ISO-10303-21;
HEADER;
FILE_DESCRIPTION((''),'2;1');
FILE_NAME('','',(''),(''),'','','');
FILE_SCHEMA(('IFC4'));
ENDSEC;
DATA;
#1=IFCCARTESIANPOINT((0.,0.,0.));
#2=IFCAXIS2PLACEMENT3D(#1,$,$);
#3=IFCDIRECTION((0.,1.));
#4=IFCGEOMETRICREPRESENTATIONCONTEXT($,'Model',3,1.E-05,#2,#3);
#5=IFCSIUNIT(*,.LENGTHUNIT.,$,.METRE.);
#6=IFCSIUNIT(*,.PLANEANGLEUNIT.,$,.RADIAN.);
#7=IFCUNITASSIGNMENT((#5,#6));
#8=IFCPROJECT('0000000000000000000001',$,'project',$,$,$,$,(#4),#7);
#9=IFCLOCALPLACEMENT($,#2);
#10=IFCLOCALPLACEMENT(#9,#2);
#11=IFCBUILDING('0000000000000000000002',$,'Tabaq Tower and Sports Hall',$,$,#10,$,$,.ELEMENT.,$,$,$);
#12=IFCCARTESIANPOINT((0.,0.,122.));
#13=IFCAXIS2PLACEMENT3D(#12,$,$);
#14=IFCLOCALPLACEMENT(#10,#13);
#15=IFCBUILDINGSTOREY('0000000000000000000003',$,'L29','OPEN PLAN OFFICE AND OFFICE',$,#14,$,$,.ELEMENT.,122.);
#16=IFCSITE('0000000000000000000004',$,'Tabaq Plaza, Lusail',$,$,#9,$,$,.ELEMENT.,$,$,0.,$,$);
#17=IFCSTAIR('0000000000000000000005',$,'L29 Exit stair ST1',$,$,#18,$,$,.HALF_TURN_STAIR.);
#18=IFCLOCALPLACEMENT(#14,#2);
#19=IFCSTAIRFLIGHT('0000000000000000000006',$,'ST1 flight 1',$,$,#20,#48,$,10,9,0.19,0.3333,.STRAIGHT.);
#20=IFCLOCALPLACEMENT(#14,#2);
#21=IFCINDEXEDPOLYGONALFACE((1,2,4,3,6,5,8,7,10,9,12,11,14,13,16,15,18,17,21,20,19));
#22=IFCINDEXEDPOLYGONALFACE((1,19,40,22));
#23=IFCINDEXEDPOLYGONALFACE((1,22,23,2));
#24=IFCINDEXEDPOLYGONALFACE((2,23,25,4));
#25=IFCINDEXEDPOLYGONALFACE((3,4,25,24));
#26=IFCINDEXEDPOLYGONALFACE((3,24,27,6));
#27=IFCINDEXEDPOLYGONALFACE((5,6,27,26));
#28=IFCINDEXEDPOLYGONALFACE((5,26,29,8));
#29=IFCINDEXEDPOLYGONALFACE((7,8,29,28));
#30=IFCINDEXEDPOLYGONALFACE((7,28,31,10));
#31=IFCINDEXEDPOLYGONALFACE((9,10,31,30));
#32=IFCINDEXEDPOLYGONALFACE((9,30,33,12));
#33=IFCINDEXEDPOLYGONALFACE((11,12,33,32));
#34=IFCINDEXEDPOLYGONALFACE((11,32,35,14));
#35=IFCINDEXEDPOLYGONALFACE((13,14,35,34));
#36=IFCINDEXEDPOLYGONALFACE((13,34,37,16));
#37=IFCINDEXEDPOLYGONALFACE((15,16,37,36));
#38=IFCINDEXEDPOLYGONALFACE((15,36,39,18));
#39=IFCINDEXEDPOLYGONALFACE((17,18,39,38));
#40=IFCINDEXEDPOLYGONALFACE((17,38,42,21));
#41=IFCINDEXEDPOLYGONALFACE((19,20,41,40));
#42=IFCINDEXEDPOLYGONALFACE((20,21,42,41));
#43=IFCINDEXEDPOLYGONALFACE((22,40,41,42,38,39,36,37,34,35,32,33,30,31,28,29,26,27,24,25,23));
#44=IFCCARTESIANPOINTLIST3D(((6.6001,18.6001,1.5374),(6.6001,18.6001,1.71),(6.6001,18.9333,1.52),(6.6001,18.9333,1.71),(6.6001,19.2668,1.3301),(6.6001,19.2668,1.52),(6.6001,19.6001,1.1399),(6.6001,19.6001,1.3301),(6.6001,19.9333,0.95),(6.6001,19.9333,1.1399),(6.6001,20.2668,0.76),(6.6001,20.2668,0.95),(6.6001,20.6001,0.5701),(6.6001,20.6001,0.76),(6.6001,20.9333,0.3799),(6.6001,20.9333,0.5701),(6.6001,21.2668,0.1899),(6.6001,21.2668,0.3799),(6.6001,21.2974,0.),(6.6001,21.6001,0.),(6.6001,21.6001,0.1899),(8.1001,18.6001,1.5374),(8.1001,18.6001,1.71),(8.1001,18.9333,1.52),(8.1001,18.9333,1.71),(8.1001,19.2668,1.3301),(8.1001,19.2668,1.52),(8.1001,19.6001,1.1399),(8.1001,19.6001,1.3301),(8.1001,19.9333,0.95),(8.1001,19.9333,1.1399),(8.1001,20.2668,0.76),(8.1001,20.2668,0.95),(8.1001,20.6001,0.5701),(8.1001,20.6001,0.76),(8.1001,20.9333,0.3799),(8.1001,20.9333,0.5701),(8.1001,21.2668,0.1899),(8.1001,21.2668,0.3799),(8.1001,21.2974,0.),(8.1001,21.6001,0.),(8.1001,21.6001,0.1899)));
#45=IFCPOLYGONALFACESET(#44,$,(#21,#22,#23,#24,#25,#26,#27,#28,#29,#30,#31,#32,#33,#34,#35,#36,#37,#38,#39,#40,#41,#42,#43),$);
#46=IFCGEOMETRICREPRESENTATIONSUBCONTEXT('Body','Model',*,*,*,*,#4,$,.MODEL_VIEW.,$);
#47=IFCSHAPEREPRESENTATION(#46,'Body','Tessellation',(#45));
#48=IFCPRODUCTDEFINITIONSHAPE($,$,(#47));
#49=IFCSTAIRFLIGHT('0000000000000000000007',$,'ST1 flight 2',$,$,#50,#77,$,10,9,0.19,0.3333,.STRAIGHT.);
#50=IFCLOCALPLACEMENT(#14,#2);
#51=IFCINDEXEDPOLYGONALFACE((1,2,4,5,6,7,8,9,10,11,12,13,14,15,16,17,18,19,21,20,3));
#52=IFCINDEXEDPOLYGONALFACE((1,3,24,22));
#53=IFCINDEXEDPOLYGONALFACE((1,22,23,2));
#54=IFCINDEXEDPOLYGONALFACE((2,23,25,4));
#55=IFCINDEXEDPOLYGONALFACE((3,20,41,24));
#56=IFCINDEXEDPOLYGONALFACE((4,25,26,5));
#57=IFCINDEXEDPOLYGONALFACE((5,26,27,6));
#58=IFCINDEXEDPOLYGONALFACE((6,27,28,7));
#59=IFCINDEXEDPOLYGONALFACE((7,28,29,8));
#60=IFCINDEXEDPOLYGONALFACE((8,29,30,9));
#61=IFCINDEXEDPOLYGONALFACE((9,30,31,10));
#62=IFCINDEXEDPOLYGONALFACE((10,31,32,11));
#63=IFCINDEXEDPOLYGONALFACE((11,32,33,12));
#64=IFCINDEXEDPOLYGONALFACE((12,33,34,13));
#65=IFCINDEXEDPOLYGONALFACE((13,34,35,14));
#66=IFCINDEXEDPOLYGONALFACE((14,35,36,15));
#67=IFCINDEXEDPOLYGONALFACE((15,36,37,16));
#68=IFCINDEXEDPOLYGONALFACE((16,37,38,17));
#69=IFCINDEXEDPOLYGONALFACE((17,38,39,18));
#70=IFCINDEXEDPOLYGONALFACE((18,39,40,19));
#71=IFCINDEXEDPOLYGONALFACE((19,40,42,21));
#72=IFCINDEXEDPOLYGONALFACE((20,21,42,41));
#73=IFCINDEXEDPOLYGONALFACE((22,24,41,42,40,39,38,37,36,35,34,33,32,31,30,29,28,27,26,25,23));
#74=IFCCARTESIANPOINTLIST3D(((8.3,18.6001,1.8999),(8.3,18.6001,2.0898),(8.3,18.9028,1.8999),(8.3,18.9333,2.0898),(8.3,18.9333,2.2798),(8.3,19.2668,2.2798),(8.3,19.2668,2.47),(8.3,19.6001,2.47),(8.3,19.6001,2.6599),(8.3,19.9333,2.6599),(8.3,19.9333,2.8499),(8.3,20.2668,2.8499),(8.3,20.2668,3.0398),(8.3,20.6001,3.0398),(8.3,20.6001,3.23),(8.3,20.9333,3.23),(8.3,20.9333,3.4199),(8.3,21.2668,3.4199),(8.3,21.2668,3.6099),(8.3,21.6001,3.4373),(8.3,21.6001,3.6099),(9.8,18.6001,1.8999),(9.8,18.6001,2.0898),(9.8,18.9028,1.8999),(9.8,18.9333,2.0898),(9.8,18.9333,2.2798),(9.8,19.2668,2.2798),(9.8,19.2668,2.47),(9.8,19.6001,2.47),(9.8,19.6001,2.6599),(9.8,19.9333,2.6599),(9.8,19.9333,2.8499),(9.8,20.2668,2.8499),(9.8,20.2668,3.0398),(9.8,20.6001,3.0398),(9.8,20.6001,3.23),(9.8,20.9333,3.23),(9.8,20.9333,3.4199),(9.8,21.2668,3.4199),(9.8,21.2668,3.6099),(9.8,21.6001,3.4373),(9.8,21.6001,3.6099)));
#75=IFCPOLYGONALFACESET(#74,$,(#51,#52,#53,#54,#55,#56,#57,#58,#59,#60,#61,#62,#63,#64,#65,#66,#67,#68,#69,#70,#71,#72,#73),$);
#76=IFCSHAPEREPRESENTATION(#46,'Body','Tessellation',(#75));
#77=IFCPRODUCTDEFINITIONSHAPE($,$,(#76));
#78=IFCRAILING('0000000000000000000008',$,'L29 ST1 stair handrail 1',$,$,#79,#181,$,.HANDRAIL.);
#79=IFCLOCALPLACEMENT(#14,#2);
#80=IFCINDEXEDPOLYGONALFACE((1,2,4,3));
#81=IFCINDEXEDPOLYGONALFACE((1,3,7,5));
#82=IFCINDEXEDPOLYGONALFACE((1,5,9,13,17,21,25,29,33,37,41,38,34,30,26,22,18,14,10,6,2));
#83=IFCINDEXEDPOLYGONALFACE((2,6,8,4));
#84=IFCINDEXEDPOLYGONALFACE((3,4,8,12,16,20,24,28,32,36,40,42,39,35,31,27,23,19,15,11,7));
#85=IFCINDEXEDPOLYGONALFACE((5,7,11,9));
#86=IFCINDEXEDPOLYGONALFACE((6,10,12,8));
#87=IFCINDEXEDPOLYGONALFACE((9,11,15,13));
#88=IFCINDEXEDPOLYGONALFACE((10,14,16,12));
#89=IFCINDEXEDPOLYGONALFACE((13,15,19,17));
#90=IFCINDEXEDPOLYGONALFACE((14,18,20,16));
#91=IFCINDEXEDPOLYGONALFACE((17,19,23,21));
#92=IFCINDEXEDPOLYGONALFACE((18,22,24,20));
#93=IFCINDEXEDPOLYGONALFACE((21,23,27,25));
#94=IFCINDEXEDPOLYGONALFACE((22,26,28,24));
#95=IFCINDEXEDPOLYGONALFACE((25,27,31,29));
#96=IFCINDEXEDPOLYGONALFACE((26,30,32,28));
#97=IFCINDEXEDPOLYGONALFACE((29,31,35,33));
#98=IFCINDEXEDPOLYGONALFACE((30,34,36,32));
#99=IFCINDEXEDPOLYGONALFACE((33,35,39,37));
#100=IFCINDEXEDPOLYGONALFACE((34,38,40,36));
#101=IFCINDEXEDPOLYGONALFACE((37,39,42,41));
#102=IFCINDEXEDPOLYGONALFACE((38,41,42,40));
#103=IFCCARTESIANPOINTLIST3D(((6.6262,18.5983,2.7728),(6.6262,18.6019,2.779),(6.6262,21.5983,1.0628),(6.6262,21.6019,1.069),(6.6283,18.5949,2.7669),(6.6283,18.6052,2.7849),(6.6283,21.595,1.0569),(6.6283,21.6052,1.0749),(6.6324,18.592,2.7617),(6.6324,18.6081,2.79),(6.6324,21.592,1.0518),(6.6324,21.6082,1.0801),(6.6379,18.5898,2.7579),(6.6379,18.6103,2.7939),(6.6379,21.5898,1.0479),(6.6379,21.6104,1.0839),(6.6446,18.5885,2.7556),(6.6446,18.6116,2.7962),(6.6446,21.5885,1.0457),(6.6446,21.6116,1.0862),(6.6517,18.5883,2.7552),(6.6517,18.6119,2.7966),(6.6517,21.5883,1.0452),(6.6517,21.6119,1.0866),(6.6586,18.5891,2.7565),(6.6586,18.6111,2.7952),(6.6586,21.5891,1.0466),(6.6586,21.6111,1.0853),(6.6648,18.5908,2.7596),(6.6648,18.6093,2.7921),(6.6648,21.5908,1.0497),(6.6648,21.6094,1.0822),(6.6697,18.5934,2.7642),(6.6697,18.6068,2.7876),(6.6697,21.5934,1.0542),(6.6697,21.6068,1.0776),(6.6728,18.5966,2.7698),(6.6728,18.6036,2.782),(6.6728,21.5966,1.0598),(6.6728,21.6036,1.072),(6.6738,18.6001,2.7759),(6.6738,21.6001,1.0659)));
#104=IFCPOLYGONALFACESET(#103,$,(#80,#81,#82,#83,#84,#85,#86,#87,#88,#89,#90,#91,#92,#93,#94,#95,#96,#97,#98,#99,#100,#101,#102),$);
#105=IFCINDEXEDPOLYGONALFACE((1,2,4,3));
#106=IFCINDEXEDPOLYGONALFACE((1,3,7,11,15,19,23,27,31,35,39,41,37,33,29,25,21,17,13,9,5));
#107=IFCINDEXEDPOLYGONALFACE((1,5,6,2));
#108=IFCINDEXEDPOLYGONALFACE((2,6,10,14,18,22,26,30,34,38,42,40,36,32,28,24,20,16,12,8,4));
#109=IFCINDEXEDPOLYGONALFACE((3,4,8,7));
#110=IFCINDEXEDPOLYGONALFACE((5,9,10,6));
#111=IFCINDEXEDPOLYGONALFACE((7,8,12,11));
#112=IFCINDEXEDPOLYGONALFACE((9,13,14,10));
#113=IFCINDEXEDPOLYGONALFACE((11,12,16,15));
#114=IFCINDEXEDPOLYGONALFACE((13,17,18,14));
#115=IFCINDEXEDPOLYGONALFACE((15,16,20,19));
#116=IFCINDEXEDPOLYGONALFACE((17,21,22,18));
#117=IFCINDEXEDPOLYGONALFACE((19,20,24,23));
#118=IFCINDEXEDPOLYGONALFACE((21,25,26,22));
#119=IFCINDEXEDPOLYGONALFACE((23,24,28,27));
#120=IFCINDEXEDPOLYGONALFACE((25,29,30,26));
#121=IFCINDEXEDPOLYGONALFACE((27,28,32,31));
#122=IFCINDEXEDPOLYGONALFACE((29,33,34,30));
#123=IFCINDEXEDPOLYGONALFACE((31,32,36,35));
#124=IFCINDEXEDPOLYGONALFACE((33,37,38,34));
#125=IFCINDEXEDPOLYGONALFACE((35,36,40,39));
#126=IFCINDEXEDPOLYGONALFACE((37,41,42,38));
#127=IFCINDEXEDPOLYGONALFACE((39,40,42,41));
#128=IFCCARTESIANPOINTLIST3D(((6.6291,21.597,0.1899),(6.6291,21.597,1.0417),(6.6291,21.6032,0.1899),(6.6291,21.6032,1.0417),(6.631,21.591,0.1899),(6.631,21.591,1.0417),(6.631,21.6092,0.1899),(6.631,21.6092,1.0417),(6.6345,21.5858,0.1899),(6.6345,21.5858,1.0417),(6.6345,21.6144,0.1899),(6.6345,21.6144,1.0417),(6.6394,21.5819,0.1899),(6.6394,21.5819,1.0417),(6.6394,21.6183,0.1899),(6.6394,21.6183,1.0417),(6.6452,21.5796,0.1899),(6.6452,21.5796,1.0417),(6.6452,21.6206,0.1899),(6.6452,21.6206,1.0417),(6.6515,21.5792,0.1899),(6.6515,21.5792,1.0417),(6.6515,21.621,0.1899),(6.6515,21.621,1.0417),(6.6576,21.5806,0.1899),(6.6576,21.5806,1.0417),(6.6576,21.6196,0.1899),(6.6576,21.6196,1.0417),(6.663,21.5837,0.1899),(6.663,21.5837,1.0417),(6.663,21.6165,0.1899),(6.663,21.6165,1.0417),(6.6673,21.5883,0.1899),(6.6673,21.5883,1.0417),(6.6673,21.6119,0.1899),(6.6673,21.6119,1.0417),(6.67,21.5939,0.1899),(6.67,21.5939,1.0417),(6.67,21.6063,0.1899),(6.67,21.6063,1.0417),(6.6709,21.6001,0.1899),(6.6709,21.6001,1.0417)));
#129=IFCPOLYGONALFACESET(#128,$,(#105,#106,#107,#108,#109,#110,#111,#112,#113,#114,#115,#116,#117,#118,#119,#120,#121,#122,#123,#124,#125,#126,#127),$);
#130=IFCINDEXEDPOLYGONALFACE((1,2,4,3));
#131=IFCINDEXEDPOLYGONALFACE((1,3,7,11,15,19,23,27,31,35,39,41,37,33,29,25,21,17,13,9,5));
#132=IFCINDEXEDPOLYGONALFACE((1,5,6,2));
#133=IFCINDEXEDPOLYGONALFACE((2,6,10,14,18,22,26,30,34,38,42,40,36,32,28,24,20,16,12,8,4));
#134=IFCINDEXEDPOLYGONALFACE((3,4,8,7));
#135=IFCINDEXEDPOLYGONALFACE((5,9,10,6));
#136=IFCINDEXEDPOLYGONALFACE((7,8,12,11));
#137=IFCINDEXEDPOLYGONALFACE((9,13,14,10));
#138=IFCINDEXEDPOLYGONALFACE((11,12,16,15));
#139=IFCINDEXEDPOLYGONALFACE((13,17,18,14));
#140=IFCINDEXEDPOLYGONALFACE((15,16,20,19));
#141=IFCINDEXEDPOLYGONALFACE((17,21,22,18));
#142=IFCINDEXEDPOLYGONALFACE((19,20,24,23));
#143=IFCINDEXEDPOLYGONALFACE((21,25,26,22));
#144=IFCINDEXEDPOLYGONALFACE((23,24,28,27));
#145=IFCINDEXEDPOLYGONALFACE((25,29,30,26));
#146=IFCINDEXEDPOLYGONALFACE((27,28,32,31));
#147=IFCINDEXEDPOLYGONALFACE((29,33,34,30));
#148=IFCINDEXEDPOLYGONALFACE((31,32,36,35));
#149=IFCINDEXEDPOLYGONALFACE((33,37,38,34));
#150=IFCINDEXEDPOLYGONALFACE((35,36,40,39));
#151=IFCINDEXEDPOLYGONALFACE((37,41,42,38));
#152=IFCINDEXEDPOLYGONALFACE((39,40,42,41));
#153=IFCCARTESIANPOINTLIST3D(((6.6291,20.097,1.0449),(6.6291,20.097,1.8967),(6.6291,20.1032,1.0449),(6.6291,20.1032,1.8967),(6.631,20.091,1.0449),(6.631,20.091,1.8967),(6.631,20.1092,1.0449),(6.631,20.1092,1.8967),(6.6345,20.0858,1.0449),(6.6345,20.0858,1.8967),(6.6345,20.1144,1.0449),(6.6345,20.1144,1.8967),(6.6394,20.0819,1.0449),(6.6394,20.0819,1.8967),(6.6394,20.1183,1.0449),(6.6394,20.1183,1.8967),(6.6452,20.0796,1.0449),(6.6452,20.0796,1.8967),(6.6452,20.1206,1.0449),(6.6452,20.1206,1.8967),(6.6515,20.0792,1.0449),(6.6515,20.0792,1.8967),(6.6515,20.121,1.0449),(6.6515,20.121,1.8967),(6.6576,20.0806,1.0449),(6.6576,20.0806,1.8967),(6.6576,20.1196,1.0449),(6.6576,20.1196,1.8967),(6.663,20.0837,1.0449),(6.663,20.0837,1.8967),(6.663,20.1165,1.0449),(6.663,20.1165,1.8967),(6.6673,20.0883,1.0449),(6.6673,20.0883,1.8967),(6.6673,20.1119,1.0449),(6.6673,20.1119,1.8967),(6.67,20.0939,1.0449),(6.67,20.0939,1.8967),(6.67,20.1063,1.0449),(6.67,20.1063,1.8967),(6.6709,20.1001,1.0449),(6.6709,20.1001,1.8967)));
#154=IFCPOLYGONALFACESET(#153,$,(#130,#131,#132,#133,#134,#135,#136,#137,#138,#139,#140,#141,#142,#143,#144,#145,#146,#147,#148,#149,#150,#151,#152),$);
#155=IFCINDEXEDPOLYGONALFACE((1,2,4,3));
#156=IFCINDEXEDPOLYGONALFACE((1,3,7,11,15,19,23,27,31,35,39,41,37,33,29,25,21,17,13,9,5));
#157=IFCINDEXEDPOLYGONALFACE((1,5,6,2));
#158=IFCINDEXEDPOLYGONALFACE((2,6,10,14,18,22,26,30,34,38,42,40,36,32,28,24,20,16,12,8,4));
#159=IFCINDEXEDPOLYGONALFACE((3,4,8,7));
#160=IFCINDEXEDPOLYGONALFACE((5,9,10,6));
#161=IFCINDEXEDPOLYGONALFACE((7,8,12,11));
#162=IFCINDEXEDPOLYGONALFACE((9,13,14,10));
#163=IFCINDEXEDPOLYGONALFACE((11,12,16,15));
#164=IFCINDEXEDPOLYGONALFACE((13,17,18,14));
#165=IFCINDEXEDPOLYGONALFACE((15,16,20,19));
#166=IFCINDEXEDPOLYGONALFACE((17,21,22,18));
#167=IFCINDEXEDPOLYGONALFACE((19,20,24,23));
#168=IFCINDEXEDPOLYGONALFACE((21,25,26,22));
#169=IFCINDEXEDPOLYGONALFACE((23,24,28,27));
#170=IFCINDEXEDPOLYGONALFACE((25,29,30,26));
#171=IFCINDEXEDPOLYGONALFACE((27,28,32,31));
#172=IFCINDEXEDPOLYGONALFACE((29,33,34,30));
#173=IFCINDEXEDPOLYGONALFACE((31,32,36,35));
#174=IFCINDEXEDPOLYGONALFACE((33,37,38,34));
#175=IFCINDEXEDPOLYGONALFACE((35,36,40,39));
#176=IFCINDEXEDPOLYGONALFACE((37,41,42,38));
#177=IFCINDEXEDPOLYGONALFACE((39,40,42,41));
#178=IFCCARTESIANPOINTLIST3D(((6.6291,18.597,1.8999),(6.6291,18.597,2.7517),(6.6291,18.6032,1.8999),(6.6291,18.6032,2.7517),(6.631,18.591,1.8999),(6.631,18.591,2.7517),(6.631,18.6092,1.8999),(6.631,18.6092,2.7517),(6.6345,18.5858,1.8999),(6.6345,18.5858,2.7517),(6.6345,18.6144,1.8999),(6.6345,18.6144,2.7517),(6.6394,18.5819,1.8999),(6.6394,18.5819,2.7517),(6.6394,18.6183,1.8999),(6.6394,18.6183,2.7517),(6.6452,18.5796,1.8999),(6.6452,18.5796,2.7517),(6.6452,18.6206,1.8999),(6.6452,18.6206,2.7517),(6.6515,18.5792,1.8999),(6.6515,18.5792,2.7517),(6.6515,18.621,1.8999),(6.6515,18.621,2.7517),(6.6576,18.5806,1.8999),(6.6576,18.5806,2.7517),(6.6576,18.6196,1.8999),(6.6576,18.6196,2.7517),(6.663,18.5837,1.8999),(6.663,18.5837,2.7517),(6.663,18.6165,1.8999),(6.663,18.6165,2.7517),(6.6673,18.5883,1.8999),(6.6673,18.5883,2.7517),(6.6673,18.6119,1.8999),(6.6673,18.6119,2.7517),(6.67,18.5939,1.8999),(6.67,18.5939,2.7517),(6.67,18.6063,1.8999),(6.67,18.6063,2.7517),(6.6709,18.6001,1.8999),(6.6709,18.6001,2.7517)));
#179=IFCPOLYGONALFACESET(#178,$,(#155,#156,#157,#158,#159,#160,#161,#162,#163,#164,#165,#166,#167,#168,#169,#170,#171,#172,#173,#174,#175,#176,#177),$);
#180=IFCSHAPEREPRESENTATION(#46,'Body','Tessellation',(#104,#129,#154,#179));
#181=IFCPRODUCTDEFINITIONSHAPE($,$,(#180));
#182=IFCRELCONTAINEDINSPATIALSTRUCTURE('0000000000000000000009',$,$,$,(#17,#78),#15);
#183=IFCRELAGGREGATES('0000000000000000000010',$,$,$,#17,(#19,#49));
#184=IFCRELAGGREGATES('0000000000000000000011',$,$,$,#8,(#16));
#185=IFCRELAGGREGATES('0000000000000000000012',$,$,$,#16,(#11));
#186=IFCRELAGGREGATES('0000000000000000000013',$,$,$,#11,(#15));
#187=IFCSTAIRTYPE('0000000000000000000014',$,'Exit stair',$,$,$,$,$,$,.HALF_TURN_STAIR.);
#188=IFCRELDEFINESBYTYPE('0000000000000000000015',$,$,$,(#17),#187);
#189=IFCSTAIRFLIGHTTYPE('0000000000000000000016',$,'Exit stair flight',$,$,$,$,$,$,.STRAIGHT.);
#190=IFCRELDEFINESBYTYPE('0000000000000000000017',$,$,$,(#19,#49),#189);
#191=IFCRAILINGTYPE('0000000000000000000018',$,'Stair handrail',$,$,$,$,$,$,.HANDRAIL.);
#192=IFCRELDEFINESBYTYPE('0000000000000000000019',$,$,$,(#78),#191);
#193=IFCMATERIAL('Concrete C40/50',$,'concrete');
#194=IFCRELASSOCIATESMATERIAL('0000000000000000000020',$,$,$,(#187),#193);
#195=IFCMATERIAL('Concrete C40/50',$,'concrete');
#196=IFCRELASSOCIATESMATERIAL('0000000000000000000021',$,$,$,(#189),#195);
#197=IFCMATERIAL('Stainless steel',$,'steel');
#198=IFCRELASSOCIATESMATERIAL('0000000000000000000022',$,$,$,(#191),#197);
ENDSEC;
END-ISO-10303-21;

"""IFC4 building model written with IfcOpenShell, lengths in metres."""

from ifc_helpers import new_model, si_unit, direction, frame, origin, origin_2d, place, context, subcontext, project, spatial, polyline, circle, outline, extrude, material, type_object, element, aggregate, save


model = new_model("IFC4")

# Units and contexts
model_context = context("Model", 3, precision=1e-05, world=origin(), true_north=direction((0.0, 1.0)))
body_context = subcontext(model_context, "Body", "Model", "MODEL_VIEW")
ifc_project = project(units=[si_unit("LENGTHUNIT", "METRE"), si_unit("PLANEANGLEUNIT", "RADIAN")], contexts=[model_context])

# Site, building, storey
site_placement = place(None, origin())
site = spatial("IfcSite", under=ifc_project, at=site_placement, Name="Tabaq Plaza, Lusail", CompositionType="ELEMENT", RefElevation=0.0)
building_placement = place(site_placement, origin())
building = spatial("IfcBuilding", under=site, at=building_placement, Name="Tabaq Tower and Sports Hall", CompositionType="ELEMENT")
storey_placement = place(building_placement, frame((0.0, 0.0, 122.0)))
storey = spatial("IfcBuildingStorey", under=building, at=storey_placement, Name="L29", Description="OPEN PLAN OFFICE AND OFFICE", CompositionType="ELEMENT", Elevation=122.0)

# Stair, stair flights
ifc_material_1 = material(Name="Concrete C40/50", Category="concrete")
stair_type = type_object("IfcStairType", Name="Exit stair", PredefinedType="HALF_TURN_STAIR", material=ifc_material_1)
stair_placement = place(storey_placement, origin())
stair = element("IfcStair", 1, at=stair_placement, inside=storey, type_object=stair_type, Name="L29 Exit stair ST1", PredefinedType="HALF_TURN_STAIR")
ifc_material_2 = material(Name="Concrete C40/50", Category="concrete")
stair_flight_type = type_object("IfcStairFlightType", Name="Exit stair flight", PredefinedType="STRAIGHT", material=ifc_material_2)
stair_flight_1_placement = place(storey_placement, frame((7.3501, 21.6001, 0.0), z_axis=(0.0, 0.0, 1.0), x_axis=(0.0, -1.0, 0.0)))
stair_flight_1 = element("IfcStairFlight", 2, at=stair_flight_1_placement, type_object=stair_flight_type, Name="ST1 flight 1", NumberOfRisers=10, NumberOfTreads=9, PredefinedType="STRAIGHT", RiserHeight=0.19, TreadLength=0.3333, context=body_context, shape_type="SweptSolid", body=[
    extrude(outline(polyline([(0.0, 0.0), (0.0, 0.1899), (0.3333, 0.1899), (0.3333, 0.3799), (0.6667, 0.3799), (0.6667, 0.5701), (1.0, 0.5701), (1.0, 0.76), (1.3333, 0.76), (1.3333, 0.95), (1.6667, 0.95), (1.6667, 1.1399), (2.0, 1.1399), (2.0, 1.3301), (2.3333, 1.3301), (2.3333, 1.52), (2.6667, 1.52), (2.6667, 1.71), (3.0, 1.71), (3.0, 1.8999), (3.0, 1.5374), (0.3027, 0.0), (0.0, 0.0)])), frame((0.0, 0.75, 0.0), z_axis=(0.0, -1.0, 0.0), x_axis=(1.0, 0.0, 0.0)), (0.0, 0.0, 1.0), 1.5),
])
stair_flight_2_placement = place(storey_placement, frame((9.05, 18.6001, 1.8999), z_axis=(0.0, 0.0, 1.0), x_axis=(0.0, 1.0, 0.0)))
stair_flight_2 = element("IfcStairFlight", 3, at=stair_flight_2_placement, type_object=stair_flight_type, Name="ST1 flight 2", NumberOfRisers=10, NumberOfTreads=9, PredefinedType="STRAIGHT", RiserHeight=0.19, TreadLength=0.3333, context=body_context, shape_type="SweptSolid", body=[
    extrude(outline(polyline([(0.0, 0.0), (0.0, 0.1899), (0.3333, 0.1899), (0.3333, 0.3799), (0.6667, 0.3799), (0.6667, 0.5701), (1.0, 0.5701), (1.0, 0.76), (1.3333, 0.76), (1.3333, 0.95), (1.6667, 0.95), (1.6667, 1.1399), (2.0, 1.1399), (2.0, 1.3301), (2.3333, 1.3301), (2.3333, 1.52), (2.6667, 1.52), (2.6667, 1.71), (3.0, 1.71), (3.0, 1.8999), (3.0, 1.5374), (0.3027, 0.0), (0.0, 0.0)])), frame((0.0, 0.75, 0.0), z_axis=(0.0, -1.0, 0.0), x_axis=(1.0, 0.0, 0.0)), (0.0, 0.0, 1.0), 1.5),
])
aggregate(stair, [stair_flight_1, stair_flight_2])

# Railing
ifc_material_3 = material(Name="Stainless steel", Category="steel")
railing_type_1 = type_object("IfcRailingType", Name="Stair handrail", PredefinedType="HANDRAIL", material=ifc_material_3)
railing_1_placement = place(storey_placement, frame((6.6499, 21.6001, 0.1899)))
element("IfcRailing", 4, at=railing_1_placement, inside=storey, type_object=railing_type_1, Name="L29 ST1 stair handrail 1", PredefinedType="HANDRAIL", context=body_context, shape_type="SweptSolid", body=[
    extrude(circle(Radius=0.0239, at=origin_2d()), frame((0.0, 0.0, 0.876), z_axis=(0.0, -0.868782, 0.495195), x_axis=(1.0, 0.0, 0.0)), (0.0, 0.0, 1.0), 3.4531),
    extrude(circle(Radius=0.021, at=origin_2d()), origin(), (0.0, 0.0, 1.0), 0.8518),
    extrude(circle(Radius=0.021, at=origin_2d()), frame((0.0, -1.5, 0.855)), (0.0, 0.0, 1.0), 0.8518),
    extrude(circle(Radius=0.021, at=origin_2d()), frame((0.0, -3.0, 1.71)), (0.0, 0.0, 1.0), 0.8518),
])

save(model, "model.ifc")
